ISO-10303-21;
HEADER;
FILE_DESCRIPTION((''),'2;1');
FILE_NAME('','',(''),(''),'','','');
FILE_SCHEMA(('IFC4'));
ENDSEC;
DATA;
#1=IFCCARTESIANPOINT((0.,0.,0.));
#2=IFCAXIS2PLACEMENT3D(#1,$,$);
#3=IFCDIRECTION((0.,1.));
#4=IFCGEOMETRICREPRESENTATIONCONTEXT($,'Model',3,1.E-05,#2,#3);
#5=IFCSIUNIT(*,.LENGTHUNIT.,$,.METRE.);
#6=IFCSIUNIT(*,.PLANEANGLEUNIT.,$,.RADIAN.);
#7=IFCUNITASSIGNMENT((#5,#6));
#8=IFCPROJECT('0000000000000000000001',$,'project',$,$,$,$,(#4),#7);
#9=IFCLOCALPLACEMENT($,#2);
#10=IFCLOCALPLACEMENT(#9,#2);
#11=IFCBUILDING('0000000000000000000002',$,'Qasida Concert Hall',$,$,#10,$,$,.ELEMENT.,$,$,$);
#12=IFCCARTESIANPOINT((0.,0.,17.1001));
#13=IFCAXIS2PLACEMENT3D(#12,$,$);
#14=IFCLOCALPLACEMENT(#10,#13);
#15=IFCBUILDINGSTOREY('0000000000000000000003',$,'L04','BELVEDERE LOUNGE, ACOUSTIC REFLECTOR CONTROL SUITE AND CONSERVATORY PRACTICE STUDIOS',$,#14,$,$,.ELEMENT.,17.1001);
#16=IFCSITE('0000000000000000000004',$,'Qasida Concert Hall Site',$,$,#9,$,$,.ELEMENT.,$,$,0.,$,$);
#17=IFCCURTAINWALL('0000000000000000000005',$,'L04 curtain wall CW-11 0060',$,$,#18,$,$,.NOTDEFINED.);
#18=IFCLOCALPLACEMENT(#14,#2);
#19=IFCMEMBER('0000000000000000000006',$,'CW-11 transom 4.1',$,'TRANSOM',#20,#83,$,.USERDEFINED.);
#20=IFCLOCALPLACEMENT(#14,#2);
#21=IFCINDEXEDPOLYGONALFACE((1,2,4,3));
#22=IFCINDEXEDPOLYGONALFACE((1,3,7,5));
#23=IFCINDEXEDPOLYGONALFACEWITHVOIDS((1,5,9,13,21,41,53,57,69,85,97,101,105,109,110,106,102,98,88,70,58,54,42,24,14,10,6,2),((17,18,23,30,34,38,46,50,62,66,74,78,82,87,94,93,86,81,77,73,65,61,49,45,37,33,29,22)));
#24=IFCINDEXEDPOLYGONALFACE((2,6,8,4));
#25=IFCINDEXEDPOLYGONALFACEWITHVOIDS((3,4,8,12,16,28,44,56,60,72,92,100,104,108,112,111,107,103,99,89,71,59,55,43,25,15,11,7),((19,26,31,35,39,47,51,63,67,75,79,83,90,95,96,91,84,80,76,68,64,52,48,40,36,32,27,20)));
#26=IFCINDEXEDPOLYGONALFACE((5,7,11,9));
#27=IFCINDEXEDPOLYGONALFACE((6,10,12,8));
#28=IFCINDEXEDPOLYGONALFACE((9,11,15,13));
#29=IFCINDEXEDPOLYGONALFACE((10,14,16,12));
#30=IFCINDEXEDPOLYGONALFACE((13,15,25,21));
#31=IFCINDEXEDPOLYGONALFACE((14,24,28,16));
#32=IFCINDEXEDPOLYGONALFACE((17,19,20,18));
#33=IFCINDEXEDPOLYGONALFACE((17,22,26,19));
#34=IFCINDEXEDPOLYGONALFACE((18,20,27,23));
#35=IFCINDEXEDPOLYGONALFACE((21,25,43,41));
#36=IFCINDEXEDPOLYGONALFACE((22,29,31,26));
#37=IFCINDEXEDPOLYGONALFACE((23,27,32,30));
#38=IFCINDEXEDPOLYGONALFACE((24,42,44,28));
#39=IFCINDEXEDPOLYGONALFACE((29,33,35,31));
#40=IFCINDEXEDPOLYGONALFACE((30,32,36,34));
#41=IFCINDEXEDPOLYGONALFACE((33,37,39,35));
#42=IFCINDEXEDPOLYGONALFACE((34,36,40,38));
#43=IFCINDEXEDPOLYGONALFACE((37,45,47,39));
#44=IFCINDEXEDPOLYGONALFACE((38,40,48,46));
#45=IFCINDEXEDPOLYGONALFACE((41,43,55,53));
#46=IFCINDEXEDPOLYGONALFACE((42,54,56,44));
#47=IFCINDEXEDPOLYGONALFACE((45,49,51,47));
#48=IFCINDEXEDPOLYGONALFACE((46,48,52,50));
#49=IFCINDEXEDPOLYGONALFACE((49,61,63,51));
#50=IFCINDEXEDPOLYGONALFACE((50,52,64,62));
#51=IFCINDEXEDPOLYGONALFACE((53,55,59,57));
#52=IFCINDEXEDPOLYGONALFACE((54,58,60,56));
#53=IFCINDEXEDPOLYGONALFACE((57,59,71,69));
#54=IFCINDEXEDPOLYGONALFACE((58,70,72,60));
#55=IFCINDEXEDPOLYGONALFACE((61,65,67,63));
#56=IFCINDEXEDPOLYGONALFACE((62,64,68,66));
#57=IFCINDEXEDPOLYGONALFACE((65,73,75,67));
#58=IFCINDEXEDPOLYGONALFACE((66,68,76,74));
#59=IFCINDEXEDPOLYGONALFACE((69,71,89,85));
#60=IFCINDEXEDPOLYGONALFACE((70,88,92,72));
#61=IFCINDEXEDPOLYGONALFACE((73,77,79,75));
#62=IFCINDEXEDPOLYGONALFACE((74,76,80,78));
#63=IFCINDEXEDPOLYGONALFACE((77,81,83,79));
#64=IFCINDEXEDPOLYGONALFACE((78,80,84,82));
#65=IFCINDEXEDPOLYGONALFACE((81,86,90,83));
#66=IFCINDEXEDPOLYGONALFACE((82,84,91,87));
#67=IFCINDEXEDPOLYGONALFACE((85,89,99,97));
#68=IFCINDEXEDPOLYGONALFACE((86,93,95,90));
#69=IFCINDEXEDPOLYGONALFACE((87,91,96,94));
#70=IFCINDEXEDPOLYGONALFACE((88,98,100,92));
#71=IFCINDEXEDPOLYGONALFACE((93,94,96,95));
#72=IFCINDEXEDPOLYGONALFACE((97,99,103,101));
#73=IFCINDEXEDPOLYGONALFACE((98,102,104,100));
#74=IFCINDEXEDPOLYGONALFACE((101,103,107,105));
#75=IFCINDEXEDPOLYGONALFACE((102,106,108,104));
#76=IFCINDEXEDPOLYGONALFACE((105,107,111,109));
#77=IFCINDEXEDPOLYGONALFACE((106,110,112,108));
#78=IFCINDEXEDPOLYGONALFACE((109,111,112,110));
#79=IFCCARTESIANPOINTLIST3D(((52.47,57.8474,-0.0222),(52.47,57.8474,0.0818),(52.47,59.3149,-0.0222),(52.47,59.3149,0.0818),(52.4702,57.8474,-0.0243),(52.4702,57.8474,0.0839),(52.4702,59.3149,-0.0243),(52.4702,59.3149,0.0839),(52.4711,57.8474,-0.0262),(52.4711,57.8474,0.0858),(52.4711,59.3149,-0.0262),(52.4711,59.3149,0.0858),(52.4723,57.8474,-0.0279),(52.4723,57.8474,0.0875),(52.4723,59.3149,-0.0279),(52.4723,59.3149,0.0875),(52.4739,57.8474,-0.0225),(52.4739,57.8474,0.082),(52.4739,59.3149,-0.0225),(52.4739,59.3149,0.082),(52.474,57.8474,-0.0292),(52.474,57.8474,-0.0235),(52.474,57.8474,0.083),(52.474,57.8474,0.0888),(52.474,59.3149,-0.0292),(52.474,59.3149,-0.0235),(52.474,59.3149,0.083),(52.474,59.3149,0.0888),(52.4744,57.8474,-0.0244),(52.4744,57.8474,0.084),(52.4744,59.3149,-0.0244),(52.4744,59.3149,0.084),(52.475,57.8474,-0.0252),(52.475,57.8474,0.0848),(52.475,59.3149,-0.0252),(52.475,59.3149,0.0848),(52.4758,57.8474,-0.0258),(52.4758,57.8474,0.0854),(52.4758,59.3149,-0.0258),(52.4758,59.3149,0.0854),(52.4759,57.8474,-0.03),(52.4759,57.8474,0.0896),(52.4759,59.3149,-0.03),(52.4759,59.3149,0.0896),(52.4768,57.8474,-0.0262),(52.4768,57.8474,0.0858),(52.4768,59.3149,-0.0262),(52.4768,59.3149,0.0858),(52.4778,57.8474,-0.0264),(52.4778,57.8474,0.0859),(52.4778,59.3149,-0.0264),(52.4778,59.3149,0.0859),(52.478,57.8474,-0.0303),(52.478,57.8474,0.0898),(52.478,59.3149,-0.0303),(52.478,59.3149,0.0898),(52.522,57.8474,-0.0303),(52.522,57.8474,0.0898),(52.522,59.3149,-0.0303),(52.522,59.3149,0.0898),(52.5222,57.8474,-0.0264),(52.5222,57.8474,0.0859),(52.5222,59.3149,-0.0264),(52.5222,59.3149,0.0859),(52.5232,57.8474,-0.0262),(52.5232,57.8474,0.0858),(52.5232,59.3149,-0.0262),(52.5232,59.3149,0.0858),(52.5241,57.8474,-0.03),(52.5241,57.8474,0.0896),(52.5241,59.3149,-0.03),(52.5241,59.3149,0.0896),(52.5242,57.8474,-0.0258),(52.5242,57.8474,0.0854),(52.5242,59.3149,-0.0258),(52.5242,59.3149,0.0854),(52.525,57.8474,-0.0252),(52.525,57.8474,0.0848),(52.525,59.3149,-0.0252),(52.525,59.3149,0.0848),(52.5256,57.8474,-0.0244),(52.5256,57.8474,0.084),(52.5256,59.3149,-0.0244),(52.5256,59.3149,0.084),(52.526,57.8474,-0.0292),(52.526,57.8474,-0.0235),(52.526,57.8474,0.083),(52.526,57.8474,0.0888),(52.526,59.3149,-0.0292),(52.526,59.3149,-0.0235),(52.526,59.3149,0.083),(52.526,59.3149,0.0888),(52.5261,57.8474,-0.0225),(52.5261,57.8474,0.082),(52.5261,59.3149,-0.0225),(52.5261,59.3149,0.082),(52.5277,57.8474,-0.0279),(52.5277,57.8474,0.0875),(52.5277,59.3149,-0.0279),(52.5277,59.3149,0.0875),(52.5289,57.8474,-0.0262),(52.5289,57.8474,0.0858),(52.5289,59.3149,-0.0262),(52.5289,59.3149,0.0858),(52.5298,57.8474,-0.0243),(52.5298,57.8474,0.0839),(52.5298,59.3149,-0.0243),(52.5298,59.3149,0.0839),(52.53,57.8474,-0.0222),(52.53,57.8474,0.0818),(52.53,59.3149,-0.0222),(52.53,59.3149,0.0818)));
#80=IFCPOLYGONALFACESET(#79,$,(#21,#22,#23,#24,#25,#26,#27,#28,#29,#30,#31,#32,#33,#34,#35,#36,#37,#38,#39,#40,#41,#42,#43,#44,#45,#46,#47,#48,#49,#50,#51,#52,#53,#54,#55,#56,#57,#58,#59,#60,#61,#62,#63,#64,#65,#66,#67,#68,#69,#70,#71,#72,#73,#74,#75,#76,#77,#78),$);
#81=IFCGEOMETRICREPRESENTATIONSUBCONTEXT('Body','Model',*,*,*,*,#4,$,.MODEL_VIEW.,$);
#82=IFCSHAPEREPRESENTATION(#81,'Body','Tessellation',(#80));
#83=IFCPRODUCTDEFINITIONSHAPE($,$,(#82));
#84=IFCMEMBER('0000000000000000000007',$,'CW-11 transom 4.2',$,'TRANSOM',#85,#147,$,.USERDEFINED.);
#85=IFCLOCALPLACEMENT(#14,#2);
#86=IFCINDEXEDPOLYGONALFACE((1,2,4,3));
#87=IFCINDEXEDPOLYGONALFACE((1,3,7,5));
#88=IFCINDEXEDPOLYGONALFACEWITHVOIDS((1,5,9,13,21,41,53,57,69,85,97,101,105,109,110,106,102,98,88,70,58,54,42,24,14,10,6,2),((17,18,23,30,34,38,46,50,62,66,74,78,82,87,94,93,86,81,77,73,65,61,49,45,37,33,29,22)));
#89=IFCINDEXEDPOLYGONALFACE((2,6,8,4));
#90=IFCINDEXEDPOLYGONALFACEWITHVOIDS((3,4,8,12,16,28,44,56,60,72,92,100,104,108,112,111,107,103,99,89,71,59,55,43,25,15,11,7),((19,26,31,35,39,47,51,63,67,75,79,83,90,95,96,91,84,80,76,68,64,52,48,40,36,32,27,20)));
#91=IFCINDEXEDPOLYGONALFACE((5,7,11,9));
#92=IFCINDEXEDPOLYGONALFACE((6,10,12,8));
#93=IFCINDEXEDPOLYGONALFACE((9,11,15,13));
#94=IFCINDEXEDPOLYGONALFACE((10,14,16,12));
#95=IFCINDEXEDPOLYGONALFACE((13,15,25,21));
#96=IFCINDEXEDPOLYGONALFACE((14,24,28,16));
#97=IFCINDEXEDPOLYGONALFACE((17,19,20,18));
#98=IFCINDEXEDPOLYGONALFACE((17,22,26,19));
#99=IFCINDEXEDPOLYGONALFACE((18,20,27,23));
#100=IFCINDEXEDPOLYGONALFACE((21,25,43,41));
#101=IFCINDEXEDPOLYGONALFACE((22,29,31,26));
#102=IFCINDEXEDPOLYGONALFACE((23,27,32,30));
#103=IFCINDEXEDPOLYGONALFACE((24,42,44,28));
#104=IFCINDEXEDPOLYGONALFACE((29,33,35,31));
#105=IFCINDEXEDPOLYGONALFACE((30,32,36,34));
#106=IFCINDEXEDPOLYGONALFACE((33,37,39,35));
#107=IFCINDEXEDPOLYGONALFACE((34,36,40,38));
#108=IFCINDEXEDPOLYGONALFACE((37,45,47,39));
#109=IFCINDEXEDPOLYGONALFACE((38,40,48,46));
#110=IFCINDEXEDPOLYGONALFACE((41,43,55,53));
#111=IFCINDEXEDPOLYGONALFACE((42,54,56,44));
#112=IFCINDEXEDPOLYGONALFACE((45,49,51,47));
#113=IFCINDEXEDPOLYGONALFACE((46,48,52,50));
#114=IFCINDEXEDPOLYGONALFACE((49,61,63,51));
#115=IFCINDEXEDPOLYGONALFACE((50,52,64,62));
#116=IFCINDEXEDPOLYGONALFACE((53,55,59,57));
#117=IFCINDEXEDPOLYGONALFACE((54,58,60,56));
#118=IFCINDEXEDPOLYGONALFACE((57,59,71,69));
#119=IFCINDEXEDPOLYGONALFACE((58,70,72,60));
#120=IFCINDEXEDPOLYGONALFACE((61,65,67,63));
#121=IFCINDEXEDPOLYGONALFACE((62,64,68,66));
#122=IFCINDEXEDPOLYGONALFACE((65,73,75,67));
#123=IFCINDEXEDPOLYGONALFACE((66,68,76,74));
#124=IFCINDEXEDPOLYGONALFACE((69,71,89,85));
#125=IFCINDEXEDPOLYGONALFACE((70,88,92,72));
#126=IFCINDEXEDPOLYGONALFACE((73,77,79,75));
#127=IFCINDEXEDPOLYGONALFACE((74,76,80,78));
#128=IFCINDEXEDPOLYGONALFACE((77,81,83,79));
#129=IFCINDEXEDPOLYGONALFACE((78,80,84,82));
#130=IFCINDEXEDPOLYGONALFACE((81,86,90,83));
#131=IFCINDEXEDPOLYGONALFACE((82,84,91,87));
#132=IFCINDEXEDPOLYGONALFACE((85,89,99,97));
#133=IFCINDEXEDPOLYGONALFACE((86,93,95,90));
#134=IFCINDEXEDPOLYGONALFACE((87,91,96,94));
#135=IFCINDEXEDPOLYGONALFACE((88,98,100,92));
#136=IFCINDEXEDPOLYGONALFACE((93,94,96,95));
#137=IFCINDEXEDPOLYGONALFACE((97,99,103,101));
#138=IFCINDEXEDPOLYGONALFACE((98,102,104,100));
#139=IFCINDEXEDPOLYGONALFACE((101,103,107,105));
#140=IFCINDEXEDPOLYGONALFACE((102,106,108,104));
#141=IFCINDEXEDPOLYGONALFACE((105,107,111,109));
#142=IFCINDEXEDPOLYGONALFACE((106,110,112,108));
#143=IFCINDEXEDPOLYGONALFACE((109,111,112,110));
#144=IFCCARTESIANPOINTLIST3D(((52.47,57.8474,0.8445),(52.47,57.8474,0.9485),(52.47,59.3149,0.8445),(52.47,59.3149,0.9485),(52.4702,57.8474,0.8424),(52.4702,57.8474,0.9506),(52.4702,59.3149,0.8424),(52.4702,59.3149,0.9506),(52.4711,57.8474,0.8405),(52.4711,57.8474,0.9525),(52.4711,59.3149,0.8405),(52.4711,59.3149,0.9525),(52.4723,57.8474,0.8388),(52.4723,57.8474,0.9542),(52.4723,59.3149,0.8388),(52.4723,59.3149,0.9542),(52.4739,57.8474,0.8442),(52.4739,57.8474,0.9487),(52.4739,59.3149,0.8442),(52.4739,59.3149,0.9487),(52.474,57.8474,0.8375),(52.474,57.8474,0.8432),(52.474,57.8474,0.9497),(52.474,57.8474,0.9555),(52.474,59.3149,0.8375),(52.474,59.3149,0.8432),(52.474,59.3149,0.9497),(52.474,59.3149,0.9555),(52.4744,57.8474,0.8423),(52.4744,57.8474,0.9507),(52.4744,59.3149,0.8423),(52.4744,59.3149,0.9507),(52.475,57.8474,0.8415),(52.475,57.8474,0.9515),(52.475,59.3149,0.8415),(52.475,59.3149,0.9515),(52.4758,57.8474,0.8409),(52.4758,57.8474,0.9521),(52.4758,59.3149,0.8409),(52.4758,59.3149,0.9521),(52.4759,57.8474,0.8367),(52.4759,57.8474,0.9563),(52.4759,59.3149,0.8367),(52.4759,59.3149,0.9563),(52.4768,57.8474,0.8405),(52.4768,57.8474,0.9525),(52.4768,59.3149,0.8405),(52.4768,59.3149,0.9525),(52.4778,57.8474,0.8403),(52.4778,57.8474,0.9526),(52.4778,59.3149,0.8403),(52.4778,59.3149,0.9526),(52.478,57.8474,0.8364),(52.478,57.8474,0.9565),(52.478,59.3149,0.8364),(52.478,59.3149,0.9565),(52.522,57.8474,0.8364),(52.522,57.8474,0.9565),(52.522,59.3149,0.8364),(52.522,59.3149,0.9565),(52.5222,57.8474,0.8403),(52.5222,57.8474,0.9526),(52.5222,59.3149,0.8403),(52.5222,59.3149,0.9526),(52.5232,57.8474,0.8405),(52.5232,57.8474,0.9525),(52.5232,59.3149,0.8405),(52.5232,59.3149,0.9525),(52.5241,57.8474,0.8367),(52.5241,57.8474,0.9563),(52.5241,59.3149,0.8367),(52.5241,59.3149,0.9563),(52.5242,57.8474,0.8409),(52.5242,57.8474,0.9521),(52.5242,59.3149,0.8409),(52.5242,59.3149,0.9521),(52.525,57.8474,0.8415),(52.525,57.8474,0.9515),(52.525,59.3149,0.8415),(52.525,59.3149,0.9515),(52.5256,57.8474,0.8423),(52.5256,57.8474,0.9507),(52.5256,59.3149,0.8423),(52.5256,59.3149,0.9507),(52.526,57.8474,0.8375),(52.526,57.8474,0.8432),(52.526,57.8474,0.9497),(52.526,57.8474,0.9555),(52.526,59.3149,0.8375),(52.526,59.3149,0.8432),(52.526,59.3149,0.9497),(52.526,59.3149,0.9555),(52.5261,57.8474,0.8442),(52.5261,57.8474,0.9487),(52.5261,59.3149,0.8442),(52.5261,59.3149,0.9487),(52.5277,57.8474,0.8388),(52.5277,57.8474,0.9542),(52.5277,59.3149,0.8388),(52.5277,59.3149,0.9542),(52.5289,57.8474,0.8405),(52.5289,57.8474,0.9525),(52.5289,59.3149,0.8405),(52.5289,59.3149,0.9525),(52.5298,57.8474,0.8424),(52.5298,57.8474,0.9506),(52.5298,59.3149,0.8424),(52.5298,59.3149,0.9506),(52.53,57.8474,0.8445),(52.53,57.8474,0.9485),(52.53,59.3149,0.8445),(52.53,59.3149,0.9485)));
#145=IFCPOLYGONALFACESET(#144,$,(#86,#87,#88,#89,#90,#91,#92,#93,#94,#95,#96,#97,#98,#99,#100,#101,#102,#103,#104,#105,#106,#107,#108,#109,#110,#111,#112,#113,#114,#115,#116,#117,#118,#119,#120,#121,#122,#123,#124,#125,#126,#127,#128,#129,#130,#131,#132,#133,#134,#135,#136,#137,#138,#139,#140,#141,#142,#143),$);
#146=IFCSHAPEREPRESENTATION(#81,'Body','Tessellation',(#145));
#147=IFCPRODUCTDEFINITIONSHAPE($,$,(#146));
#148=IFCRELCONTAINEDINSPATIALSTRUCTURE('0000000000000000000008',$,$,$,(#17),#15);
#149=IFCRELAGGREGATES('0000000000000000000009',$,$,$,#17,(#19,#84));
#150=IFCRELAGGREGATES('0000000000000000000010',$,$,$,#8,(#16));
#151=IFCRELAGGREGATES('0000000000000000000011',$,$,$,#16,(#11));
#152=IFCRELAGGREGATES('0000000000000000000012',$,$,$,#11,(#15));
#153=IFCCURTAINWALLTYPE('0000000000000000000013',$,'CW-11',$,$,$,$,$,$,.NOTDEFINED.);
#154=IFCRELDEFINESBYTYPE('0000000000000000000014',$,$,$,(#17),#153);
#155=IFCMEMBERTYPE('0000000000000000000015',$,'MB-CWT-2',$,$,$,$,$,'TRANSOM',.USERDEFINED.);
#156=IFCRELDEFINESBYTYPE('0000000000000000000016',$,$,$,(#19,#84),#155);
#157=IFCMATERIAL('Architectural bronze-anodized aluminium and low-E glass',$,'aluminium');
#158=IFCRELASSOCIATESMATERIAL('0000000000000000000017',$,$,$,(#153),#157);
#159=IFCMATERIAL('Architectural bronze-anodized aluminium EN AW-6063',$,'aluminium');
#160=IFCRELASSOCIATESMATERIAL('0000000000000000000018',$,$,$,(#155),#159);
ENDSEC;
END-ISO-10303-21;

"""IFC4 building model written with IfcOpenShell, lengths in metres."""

from ifc_helpers import new_model, si_unit, direction, frame, origin, origin_2d, place, context, subcontext, project, spatial, hollow_rectangle, extrude, material, material_profile, profile_set, type_object, element, aggregate, save


model = new_model("IFC4")

# Units and contexts
model_context = context("Model", 3, precision=1e-05, world=origin(), true_north=direction((0.0, 1.0)))
body_context = subcontext(model_context, "Body", "Model", "MODEL_VIEW")
ifc_project = project(units=[si_unit("LENGTHUNIT", "METRE"), si_unit("PLANEANGLEUNIT", "RADIAN")], contexts=[model_context])

# Site, building, storey
site_placement = place(None, origin())
site = spatial("IfcSite", under=ifc_project, at=site_placement, Name="Qasida Concert Hall Site", CompositionType="ELEMENT", RefElevation=0.0)
building_placement = place(site_placement, origin())
building = spatial("IfcBuilding", under=site, at=building_placement, Name="Qasida Concert Hall", CompositionType="ELEMENT")
storey_placement = place(building_placement, frame((0.0, 0.0, 17.1001)))
storey = spatial("IfcBuildingStorey", under=building, at=storey_placement, Name="L04", Description="BELVEDERE LOUNGE, ACOUSTIC REFLECTOR CONTROL SUITE AND CONSERVATORY PRACTICE STUDIOS", CompositionType="ELEMENT", Elevation=17.1001)

# Curtain wall, members
ifc_material_1 = material(Name="Architectural bronze-anodized aluminium and low-E glass", Category="aluminium")
curtain_wall_type = type_object("IfcCurtainWallType", Name="CW-11", PredefinedType="NOTDEFINED", material=ifc_material_1)
curtain_wall_placement = place(storey_placement, origin())
curtain_wall = element("IfcCurtainWall", 1, at=curtain_wall_placement, inside=storey, type_object=curtain_wall_type, Name="L04 curtain wall CW-11 0060", PredefinedType="NOTDEFINED")
ifc_material_2 = material(Name="Architectural bronze-anodized aluminium EN AW-6063", Category="aluminium")
ifc_material_profile_1 = material_profile(ifc_material_2, hollow_rectangle(XDim=0.0601, YDim=0.1201, WallThickness=0.0039, InnerFilletRadius=0.0039, OuterFilletRadius=0.0081, at=origin_2d()), Name="CWT 120x60x4")
ifc_profile_set_1 = profile_set([ifc_material_profile_1], Name="Architectural bronze-anodized aluminium EN AW-6063")
member_type_1 = type_object("IfcMemberType", Name="MB-CWT-2", ElementType="TRANSOM", PredefinedType="USERDEFINED", material=ifc_profile_set_1)
member_1_placement = place(storey_placement, frame((52.5, 57.8474, 0.0298), z_axis=(0.0, 1.0, 0.0), x_axis=(-1.0, 0.0, 0.0)))
member_1 = element("IfcMember", 2, at=member_1_placement, type_object=member_type_1, Name="CW-11 transom 4.1", ObjectType="TRANSOM", PredefinedType="USERDEFINED", context=body_context, shape_type="SweptSolid", body=[
    extrude(hollow_rectangle(XDim=0.0601, YDim=0.1201, WallThickness=0.0039, InnerFilletRadius=0.0039, OuterFilletRadius=0.0081, at=origin_2d()), origin(), (0.0, 0.0, 1.0), 1.4675),
])
member_2_placement = place(storey_placement, frame((52.5, 57.8474, 0.8965), z_axis=(0.0, 1.0, 0.0), x_axis=(-1.0, 0.0, 0.0)))
member_2 = element("IfcMember", 3, at=member_2_placement, type_object=member_type_1, Name="CW-11 transom 4.2", ObjectType="TRANSOM", PredefinedType="USERDEFINED", context=body_context, shape_type="SweptSolid", body=[
    extrude(hollow_rectangle(XDim=0.0601, YDim=0.1201, WallThickness=0.0039, InnerFilletRadius=0.0039, OuterFilletRadius=0.0081, at=origin_2d()), origin(), (0.0, 0.0, 1.0), 1.4675),
])
aggregate(curtain_wall, [member_1, member_2])

save(model, "model.ifc")
